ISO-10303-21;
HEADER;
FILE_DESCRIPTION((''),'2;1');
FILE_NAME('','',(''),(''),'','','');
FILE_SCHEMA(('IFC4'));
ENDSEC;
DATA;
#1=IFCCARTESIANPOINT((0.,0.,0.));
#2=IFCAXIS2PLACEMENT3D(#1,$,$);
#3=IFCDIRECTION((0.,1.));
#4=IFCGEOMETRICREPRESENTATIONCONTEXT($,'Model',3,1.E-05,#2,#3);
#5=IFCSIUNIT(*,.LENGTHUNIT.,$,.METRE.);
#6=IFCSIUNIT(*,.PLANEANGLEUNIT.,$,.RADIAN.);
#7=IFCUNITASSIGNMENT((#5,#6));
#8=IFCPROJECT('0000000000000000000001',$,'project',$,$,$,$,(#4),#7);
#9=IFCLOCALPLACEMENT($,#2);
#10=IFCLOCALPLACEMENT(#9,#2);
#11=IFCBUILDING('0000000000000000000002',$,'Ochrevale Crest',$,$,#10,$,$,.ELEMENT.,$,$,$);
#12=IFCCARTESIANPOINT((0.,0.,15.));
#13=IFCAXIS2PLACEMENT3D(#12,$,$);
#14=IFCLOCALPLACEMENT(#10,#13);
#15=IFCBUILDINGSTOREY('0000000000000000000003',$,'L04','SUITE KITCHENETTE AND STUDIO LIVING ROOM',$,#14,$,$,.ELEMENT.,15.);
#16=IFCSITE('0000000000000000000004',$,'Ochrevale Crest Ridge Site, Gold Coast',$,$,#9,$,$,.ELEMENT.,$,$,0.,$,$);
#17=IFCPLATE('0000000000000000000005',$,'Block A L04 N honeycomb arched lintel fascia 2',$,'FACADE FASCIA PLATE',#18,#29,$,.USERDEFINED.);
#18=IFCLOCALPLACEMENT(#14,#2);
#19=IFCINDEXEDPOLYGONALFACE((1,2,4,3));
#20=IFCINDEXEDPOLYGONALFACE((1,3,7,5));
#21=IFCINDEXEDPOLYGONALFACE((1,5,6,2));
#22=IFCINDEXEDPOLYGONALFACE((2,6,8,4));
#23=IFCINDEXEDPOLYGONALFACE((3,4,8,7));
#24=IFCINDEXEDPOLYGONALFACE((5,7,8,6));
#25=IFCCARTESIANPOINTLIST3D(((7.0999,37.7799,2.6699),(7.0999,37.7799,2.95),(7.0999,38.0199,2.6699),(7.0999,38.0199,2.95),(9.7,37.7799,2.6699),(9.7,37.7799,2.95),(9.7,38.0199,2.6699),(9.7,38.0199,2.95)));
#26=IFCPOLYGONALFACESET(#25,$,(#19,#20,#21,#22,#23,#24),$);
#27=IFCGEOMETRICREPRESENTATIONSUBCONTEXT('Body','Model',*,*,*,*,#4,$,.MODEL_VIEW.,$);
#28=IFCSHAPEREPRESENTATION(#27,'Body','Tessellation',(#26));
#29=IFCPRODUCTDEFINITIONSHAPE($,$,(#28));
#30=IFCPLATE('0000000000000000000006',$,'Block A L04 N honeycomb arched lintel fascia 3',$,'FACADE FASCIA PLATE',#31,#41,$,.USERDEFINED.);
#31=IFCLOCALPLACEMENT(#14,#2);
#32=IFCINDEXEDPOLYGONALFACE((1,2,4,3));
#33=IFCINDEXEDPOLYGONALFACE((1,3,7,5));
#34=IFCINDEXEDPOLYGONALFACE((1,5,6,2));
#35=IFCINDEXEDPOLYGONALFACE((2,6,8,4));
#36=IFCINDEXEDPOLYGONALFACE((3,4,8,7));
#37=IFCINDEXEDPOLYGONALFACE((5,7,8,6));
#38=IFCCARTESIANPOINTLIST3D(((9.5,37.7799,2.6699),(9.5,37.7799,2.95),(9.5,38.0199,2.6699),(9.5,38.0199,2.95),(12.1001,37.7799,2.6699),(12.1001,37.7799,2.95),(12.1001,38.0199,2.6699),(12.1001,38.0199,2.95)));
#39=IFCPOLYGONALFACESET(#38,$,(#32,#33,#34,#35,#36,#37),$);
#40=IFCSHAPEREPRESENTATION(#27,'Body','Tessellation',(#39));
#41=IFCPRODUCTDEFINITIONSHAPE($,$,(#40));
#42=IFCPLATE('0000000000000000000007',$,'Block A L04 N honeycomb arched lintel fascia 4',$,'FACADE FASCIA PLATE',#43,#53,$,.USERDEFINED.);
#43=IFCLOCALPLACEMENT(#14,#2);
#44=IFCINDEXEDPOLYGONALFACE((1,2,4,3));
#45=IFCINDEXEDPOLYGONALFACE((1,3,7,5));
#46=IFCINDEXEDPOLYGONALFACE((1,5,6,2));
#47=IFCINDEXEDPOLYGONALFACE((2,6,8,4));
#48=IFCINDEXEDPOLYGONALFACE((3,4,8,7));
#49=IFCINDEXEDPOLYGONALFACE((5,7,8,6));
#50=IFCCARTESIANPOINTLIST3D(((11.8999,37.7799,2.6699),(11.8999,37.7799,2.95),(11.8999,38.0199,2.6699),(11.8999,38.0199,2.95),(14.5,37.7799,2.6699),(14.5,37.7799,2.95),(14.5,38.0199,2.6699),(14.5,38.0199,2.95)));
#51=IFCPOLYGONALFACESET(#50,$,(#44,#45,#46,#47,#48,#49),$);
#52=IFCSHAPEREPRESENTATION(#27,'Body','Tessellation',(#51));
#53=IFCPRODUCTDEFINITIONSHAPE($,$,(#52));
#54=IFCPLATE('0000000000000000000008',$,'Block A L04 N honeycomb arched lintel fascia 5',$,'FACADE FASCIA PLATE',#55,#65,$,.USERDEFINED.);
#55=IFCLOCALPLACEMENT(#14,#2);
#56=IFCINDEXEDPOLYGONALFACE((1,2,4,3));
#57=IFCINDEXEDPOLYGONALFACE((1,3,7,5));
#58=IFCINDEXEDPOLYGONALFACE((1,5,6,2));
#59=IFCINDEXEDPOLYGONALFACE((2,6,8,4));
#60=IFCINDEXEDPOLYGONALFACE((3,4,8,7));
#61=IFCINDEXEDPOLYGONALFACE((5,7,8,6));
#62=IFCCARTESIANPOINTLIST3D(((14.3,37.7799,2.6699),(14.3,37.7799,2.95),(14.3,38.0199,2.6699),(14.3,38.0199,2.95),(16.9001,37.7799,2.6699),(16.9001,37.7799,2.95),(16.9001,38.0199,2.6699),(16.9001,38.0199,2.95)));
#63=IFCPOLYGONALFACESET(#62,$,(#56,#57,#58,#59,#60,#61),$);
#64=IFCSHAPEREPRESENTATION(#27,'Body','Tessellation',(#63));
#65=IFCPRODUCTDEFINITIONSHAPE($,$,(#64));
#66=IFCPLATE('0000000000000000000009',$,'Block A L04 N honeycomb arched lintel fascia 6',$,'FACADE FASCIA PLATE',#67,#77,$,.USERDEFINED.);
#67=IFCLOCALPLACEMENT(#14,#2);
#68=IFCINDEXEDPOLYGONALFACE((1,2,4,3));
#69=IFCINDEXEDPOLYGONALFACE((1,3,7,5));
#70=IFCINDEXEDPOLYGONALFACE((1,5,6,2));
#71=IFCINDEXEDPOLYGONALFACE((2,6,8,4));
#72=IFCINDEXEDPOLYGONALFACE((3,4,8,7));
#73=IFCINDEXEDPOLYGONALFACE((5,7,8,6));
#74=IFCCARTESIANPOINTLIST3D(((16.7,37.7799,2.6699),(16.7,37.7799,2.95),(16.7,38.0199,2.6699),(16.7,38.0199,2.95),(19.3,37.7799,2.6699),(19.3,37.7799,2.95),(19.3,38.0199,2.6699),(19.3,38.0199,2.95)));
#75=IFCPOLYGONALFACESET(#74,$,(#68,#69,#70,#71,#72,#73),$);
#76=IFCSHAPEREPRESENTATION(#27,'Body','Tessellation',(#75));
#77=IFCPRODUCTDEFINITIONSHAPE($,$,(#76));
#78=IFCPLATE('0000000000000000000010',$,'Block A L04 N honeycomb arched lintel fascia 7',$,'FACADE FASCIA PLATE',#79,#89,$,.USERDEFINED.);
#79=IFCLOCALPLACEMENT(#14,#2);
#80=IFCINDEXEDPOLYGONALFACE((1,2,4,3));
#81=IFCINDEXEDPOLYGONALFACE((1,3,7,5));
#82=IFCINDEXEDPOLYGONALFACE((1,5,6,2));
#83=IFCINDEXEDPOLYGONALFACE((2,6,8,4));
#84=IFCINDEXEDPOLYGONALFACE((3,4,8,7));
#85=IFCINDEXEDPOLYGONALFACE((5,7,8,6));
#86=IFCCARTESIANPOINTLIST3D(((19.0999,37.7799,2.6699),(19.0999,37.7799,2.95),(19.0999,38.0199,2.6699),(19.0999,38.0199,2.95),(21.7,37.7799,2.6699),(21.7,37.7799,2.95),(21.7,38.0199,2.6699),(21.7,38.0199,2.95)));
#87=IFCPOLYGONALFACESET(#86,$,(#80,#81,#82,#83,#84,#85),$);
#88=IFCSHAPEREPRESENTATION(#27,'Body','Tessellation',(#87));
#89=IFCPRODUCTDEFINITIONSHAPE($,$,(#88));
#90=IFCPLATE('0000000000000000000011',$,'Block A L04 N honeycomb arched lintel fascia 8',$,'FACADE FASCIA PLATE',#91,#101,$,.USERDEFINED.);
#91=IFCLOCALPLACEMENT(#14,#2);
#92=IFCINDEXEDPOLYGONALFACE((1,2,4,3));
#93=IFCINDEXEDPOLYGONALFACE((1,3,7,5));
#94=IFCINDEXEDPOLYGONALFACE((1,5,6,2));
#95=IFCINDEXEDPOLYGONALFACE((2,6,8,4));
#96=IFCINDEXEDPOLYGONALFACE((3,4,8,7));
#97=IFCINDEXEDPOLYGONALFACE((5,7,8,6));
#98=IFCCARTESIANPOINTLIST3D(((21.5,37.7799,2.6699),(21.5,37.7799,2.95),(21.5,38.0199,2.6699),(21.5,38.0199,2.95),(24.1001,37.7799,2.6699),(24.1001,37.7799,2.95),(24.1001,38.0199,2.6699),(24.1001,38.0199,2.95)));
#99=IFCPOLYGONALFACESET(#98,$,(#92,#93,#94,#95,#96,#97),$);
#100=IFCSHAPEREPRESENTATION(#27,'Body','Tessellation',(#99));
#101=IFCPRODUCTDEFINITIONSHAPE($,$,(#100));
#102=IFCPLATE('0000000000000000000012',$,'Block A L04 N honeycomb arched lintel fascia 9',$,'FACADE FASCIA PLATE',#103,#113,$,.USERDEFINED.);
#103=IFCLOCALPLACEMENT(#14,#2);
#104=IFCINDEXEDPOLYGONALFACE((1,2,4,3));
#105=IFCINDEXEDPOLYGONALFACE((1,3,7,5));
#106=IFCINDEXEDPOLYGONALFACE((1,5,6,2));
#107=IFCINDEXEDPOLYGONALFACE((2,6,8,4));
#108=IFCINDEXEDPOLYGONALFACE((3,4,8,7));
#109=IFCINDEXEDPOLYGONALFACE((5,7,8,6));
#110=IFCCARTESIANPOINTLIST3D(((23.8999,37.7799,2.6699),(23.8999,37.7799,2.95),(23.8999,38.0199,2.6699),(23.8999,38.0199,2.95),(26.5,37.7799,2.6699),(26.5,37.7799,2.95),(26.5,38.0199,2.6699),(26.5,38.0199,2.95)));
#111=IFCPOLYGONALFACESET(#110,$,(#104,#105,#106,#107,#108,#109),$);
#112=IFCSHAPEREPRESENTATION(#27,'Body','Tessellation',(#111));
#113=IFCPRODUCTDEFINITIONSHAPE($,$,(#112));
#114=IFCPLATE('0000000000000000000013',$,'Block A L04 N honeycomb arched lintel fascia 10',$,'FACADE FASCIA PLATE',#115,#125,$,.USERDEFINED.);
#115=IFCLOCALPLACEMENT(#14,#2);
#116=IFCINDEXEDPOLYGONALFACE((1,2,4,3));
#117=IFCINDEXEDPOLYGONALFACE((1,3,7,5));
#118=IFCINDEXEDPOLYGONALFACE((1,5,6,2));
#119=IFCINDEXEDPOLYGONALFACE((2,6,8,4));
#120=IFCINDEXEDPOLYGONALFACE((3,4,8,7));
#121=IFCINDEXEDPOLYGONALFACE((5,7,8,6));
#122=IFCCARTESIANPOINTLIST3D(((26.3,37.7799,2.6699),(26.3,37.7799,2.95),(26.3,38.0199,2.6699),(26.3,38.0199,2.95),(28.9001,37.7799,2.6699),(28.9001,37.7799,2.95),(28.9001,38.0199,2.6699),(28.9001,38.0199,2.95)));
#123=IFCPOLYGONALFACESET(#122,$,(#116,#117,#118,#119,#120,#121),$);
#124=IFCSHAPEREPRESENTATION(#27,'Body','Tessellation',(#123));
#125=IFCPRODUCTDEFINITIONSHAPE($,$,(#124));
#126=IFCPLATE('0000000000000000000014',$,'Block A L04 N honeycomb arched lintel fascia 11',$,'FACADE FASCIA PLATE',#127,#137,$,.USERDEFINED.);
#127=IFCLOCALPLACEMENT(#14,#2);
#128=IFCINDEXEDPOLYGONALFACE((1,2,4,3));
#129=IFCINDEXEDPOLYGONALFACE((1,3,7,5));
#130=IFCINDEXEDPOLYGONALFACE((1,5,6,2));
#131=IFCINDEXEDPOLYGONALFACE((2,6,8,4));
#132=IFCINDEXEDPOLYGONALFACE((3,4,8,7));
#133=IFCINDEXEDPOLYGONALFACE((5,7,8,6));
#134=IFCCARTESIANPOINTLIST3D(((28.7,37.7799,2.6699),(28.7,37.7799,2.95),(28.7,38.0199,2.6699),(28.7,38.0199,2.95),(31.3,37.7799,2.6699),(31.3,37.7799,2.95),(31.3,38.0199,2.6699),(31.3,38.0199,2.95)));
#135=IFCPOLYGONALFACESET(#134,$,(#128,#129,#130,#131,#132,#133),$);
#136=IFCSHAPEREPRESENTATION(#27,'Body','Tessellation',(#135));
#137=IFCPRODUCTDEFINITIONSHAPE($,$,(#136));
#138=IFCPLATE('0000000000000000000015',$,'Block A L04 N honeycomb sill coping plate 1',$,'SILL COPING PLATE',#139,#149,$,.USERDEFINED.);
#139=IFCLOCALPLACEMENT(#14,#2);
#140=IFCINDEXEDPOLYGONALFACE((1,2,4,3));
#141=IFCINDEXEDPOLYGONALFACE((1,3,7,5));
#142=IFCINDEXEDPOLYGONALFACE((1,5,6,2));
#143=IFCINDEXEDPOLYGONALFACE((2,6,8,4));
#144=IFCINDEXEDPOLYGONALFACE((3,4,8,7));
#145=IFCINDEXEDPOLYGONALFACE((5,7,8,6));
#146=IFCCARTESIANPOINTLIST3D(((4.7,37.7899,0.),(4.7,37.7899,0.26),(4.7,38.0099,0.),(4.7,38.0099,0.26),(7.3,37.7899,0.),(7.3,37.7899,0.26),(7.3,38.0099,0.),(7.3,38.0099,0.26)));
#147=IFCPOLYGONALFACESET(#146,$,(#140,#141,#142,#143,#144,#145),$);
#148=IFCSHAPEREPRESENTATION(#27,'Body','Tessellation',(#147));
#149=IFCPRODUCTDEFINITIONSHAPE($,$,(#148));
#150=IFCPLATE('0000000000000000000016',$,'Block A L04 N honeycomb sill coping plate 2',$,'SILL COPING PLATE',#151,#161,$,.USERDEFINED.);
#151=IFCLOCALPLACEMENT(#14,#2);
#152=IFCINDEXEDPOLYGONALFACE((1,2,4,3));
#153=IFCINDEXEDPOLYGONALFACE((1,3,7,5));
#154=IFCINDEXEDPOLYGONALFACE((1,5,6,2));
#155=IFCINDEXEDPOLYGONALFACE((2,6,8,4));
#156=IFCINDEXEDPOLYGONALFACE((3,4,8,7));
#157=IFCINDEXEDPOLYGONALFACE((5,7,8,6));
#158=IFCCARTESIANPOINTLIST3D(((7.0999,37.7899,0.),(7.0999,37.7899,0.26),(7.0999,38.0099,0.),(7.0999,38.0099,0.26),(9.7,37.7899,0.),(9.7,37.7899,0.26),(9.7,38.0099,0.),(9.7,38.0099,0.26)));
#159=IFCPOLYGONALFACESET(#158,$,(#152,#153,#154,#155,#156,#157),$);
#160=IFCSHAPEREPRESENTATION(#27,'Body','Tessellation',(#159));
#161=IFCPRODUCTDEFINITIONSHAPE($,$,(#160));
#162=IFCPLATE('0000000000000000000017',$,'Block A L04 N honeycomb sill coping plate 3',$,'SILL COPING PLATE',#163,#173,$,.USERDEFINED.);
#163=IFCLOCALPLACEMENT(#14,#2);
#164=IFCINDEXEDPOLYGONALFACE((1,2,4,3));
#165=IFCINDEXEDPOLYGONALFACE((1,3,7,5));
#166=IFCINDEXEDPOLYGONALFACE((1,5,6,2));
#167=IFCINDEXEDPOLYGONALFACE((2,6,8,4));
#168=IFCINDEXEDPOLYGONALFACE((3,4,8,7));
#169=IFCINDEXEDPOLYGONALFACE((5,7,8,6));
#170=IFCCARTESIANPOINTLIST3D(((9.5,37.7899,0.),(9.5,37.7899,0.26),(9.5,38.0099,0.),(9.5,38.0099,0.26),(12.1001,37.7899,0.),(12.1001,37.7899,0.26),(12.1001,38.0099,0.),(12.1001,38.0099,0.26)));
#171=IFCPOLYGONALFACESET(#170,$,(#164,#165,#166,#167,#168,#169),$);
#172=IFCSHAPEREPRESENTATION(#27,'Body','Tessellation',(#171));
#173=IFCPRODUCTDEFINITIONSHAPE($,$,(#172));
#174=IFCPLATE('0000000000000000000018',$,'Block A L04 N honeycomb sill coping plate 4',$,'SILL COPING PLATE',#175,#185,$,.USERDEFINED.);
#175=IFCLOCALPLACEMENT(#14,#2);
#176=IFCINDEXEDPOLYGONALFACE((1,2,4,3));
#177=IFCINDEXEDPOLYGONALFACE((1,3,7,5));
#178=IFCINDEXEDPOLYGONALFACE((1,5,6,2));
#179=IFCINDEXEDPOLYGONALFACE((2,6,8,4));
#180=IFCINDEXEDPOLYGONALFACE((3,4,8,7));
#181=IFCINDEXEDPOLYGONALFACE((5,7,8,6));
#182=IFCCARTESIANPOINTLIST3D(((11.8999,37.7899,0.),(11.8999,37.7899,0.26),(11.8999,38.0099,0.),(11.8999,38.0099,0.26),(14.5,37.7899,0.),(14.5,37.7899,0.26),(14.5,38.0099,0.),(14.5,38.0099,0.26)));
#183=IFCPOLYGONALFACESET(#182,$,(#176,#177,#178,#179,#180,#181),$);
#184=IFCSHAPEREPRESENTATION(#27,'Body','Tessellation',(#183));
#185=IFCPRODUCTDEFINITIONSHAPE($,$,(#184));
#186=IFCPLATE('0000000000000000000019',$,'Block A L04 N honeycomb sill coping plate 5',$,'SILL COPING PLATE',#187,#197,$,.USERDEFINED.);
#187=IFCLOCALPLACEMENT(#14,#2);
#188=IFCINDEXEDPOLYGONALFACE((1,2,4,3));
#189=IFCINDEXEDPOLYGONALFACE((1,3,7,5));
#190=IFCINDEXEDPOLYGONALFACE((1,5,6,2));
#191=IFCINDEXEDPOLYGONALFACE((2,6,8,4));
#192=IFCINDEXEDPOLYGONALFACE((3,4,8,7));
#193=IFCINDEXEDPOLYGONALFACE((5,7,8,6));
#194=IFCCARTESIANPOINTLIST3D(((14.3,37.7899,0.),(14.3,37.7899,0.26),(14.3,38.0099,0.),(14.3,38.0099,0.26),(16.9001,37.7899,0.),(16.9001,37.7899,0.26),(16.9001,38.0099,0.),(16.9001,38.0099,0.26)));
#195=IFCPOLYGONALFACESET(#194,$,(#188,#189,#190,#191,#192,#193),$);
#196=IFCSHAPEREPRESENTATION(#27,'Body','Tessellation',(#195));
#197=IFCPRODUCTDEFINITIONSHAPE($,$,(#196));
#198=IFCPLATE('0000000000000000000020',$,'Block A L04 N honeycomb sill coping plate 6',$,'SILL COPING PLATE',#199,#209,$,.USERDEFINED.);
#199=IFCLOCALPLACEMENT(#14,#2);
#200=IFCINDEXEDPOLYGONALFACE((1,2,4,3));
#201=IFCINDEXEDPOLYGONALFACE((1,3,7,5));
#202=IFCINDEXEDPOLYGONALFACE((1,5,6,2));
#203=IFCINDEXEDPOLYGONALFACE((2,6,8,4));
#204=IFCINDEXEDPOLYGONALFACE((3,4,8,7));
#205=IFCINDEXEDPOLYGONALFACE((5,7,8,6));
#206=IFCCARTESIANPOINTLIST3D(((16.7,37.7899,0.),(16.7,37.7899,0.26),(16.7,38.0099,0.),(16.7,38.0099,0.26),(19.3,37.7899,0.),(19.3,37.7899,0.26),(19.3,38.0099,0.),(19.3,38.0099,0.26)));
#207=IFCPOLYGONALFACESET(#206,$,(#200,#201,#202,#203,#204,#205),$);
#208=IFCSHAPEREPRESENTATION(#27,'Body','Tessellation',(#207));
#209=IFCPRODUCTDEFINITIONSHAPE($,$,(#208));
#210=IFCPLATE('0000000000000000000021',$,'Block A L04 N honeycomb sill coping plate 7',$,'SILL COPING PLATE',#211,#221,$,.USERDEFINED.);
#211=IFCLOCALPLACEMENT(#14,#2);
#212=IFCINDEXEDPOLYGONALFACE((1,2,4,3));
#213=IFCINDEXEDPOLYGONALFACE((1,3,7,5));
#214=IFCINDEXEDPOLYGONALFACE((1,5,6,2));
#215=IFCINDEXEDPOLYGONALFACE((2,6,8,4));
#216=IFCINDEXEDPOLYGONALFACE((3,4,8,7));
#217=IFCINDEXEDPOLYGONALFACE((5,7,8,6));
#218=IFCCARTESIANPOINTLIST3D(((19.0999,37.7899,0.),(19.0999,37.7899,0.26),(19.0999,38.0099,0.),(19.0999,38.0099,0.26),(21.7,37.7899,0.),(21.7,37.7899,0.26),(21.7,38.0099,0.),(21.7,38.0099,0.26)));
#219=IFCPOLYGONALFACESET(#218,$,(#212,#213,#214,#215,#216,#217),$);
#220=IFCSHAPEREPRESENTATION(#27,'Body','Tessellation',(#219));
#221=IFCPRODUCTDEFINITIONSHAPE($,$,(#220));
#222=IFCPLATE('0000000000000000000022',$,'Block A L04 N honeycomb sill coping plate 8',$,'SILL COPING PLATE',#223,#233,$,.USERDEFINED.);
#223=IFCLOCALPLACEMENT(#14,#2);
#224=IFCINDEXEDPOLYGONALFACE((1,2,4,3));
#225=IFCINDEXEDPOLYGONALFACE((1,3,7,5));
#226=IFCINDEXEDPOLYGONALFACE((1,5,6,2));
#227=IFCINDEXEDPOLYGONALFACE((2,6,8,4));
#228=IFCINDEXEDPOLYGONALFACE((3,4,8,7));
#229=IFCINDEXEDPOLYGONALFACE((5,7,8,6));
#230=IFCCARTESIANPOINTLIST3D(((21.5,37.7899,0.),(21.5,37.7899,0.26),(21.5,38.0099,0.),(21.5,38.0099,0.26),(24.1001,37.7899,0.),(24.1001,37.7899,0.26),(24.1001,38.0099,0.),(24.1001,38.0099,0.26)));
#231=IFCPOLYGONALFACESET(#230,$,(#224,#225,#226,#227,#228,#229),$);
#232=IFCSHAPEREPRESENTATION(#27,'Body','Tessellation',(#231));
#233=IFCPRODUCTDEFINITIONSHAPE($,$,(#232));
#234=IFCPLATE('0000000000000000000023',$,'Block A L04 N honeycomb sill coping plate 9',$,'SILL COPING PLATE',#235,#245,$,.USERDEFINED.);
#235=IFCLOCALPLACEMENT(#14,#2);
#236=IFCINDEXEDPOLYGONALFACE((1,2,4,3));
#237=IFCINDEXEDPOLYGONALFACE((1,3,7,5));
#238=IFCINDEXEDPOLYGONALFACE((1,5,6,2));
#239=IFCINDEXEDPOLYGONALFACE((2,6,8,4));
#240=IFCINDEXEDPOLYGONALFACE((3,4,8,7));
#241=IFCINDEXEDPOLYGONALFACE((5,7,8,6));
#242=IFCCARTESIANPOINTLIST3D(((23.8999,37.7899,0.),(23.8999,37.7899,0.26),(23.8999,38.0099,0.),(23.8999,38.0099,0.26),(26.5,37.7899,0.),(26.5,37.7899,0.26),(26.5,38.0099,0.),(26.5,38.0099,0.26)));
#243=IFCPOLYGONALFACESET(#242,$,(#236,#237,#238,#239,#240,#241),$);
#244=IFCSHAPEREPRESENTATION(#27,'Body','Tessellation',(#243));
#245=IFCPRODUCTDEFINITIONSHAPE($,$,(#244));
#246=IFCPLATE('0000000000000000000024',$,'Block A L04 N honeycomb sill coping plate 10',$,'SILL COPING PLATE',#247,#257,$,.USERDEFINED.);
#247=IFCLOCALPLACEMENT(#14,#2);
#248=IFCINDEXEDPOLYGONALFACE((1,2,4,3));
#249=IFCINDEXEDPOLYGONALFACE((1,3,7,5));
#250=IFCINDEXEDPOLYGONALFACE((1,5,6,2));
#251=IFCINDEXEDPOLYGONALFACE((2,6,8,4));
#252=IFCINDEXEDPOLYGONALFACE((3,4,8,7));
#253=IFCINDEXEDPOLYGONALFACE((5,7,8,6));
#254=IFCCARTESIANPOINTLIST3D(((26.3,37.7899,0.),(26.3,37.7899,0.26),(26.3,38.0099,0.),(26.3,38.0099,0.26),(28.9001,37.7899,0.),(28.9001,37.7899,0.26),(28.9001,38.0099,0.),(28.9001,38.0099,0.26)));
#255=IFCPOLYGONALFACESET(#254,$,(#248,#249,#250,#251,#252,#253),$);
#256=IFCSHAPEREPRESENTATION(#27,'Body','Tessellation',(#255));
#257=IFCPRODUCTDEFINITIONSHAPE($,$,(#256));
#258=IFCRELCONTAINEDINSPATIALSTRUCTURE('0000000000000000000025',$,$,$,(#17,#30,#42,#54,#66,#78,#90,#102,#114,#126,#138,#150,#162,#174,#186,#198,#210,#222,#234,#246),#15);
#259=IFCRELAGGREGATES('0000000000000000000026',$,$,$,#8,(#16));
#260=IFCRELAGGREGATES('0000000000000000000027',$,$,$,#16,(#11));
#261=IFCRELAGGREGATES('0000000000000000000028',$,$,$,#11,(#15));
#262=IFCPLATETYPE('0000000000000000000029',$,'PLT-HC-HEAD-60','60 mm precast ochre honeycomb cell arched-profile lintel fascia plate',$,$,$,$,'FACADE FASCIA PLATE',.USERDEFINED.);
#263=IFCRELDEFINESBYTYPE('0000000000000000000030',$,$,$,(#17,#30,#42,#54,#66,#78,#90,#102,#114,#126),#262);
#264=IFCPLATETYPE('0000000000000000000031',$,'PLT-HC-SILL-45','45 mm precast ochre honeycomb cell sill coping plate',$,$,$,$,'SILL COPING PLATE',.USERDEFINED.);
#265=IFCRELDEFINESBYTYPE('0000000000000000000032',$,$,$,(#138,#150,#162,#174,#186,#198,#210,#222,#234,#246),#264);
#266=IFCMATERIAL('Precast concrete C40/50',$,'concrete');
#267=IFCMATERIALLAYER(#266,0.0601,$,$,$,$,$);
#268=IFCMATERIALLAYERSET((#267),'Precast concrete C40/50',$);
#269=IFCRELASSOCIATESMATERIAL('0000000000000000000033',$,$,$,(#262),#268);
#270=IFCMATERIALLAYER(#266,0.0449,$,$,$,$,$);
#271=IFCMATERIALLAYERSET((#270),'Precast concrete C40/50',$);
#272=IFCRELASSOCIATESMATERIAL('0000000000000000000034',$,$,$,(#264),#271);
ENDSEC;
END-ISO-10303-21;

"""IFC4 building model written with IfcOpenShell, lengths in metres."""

from ifc_helpers import new_model, si_unit, direction, frame, origin, origin_2d, place, context, subcontext, project, spatial, rectangle, extrude, material, layer, layer_set, type_object, element, save


model = new_model("IFC4")

# Units and contexts
model_context = context("Model", 3, precision=1e-05, world=origin(), true_north=direction((0.0, 1.0)))
body_context = subcontext(model_context, "Body", "Model", "MODEL_VIEW")
ifc_project = project(units=[si_unit("LENGTHUNIT", "METRE"), si_unit("PLANEANGLEUNIT", "RADIAN")], contexts=[model_context])

# Site, building, storey
site_placement = place(None, origin())
site = spatial("IfcSite", under=ifc_project, at=site_placement, Name="Ochrevale Crest Ridge Site, Gold Coast", CompositionType="ELEMENT", RefElevation=0.0)
building_placement = place(site_placement, origin())
building = spatial("IfcBuilding", under=site, at=building_placement, Name="Ochrevale Crest", CompositionType="ELEMENT")
storey_placement = place(building_placement, frame((0.0, 0.0, 15.0)))
storey = spatial("IfcBuildingStorey", under=building, at=storey_placement, Name="L04", Description="SUITE KITCHENETTE AND STUDIO LIVING ROOM", CompositionType="ELEMENT", Elevation=15.0)

# Plates
ifc_material = material(Name="Precast concrete C40/50", Category="concrete")
ifc_layer_1 = layer(ifc_material, 0.0601)
ifc_layer_set_1 = layer_set([ifc_layer_1], Name="Precast concrete C40/50")
plate_type_1 = type_object("IfcPlateType", Name="PLT-HC-HEAD-60", Description="60 mm precast ochre honeycomb cell arched-profile lintel fascia plate", ElementType="FACADE FASCIA PLATE", PredefinedType="USERDEFINED", material=ifc_layer_set_1)
for number, where, z_axis, x_axis, name in (
    (1, (8.3999, 37.8999, 2.6699), (0.0, 0.0, 1.0), (1.0, 0.0, 0.0), "Block A L04 N honeycomb arched lintel fascia 2"),
    (2, (10.8, 37.8999, 2.6699), (0.0, 0.0, 1.0), (1.0, 0.0, 0.0), "Block A L04 N honeycomb arched lintel fascia 3"),
    (3, (13.2, 37.8999, 2.6699), (0.0, 0.0, 1.0), (1.0, 0.0, 0.0), "Block A L04 N honeycomb arched lintel fascia 4"),
    (4, (15.6001, 37.8999, 2.6699), (0.0, 0.0, 1.0), (1.0, 0.0, 0.0), "Block A L04 N honeycomb arched lintel fascia 5"),
    (5, (18.0, 37.8999, 2.6699), (0.0, 0.0, 1.0), (1.0, 0.0, 0.0), "Block A L04 N honeycomb arched lintel fascia 6"),
    (6, (20.3999, 37.8999, 2.6699), (0.0, 0.0, 1.0), (1.0, 0.0, 0.0), "Block A L04 N honeycomb arched lintel fascia 7"),
    (7, (22.8, 37.8999, 2.6699), (0.0, 0.0, 1.0), (1.0, 0.0, 0.0), "Block A L04 N honeycomb arched lintel fascia 8"),
    (8, (25.2, 37.8999, 2.6699), (0.0, 0.0, 1.0), (1.0, 0.0, 0.0), "Block A L04 N honeycomb arched lintel fascia 9"),
    (9, (27.6001, 37.8999, 2.6699), (0.0, 0.0, 1.0), (1.0, 0.0, 0.0), "Block A L04 N honeycomb arched lintel fascia 10"),
    (10, (30.0, 37.8999, 2.6699), (0.0, 0.0, 1.0), (1.0, 0.0, 0.0), "Block A L04 N honeycomb arched lintel fascia 11"),
):
    element("IfcPlate", number, at=place(storey_placement, frame(where, z_axis=z_axis, x_axis=x_axis)), inside=storey, type_object=plate_type_1, Name=name, ObjectType="FACADE FASCIA PLATE", PredefinedType="USERDEFINED", context=body_context, shape_type="SweptSolid", body=[
        extrude(rectangle(XDim=2.6001, YDim=0.24, at=origin_2d()), origin(), (0.0, 0.0, 1.0), 0.28),
    ])
ifc_layer_2 = layer(ifc_material, 0.0449)
ifc_layer_set_2 = layer_set([ifc_layer_2], Name="Precast concrete C40/50")
plate_type_2 = type_object("IfcPlateType", Name="PLT-HC-SILL-45", Description="45 mm precast ochre honeycomb cell sill coping plate", ElementType="SILL COPING PLATE", PredefinedType="USERDEFINED", material=ifc_layer_set_2)
for number, where, z_axis, x_axis, name in (
    (11, (6.0, 37.8999, 0.0), (0.0, 0.0, 1.0), (1.0, 0.0, 0.0), "Block A L04 N honeycomb sill coping plate 1"),
    (12, (8.3999, 37.8999, 0.0), (0.0, 0.0, 1.0), (1.0, 0.0, 0.0), "Block A L04 N honeycomb sill coping plate 2"),
    (13, (10.8, 37.8999, 0.0), (0.0, 0.0, 1.0), (1.0, 0.0, 0.0), "Block A L04 N honeycomb sill coping plate 3"),
    (14, (13.2, 37.8999, 0.0), (0.0, 0.0, 1.0), (1.0, 0.0, 0.0), "Block A L04 N honeycomb sill coping plate 4"),
    (15, (15.6001, 37.8999, 0.0), (0.0, 0.0, 1.0), (1.0, 0.0, 0.0), "Block A L04 N honeycomb sill coping plate 5"),
    (16, (18.0, 37.8999, 0.0), (0.0, 0.0, 1.0), (1.0, 0.0, 0.0), "Block A L04 N honeycomb sill coping plate 6"),
    (17, (20.3999, 37.8999, 0.0), (0.0, 0.0, 1.0), (1.0, 0.0, 0.0), "Block A L04 N honeycomb sill coping plate 7"),
    (18, (22.8, 37.8999, 0.0), (0.0, 0.0, 1.0), (1.0, 0.0, 0.0), "Block A L04 N honeycomb sill coping plate 8"),
    (19, (25.2, 37.8999, 0.0), (0.0, 0.0, 1.0), (1.0, 0.0, 0.0), "Block A L04 N honeycomb sill coping plate 9"),
    (20, (27.6001, 37.8999, 0.0), (0.0, 0.0, 1.0), (1.0, 0.0, 0.0), "Block A L04 N honeycomb sill coping plate 10"),
):
    element("IfcPlate", number, at=place(storey_placement, frame(where, z_axis=z_axis, x_axis=x_axis)), inside=storey, type_object=plate_type_2, Name=name, ObjectType="SILL COPING PLATE", PredefinedType="USERDEFINED", context=body_context, shape_type="SweptSolid", body=[
        extrude(rectangle(XDim=2.6001, YDim=0.22, at=origin_2d()), origin(), (0.0, 0.0, 1.0), 0.26),
    ])

save(model, "model.ifc")
